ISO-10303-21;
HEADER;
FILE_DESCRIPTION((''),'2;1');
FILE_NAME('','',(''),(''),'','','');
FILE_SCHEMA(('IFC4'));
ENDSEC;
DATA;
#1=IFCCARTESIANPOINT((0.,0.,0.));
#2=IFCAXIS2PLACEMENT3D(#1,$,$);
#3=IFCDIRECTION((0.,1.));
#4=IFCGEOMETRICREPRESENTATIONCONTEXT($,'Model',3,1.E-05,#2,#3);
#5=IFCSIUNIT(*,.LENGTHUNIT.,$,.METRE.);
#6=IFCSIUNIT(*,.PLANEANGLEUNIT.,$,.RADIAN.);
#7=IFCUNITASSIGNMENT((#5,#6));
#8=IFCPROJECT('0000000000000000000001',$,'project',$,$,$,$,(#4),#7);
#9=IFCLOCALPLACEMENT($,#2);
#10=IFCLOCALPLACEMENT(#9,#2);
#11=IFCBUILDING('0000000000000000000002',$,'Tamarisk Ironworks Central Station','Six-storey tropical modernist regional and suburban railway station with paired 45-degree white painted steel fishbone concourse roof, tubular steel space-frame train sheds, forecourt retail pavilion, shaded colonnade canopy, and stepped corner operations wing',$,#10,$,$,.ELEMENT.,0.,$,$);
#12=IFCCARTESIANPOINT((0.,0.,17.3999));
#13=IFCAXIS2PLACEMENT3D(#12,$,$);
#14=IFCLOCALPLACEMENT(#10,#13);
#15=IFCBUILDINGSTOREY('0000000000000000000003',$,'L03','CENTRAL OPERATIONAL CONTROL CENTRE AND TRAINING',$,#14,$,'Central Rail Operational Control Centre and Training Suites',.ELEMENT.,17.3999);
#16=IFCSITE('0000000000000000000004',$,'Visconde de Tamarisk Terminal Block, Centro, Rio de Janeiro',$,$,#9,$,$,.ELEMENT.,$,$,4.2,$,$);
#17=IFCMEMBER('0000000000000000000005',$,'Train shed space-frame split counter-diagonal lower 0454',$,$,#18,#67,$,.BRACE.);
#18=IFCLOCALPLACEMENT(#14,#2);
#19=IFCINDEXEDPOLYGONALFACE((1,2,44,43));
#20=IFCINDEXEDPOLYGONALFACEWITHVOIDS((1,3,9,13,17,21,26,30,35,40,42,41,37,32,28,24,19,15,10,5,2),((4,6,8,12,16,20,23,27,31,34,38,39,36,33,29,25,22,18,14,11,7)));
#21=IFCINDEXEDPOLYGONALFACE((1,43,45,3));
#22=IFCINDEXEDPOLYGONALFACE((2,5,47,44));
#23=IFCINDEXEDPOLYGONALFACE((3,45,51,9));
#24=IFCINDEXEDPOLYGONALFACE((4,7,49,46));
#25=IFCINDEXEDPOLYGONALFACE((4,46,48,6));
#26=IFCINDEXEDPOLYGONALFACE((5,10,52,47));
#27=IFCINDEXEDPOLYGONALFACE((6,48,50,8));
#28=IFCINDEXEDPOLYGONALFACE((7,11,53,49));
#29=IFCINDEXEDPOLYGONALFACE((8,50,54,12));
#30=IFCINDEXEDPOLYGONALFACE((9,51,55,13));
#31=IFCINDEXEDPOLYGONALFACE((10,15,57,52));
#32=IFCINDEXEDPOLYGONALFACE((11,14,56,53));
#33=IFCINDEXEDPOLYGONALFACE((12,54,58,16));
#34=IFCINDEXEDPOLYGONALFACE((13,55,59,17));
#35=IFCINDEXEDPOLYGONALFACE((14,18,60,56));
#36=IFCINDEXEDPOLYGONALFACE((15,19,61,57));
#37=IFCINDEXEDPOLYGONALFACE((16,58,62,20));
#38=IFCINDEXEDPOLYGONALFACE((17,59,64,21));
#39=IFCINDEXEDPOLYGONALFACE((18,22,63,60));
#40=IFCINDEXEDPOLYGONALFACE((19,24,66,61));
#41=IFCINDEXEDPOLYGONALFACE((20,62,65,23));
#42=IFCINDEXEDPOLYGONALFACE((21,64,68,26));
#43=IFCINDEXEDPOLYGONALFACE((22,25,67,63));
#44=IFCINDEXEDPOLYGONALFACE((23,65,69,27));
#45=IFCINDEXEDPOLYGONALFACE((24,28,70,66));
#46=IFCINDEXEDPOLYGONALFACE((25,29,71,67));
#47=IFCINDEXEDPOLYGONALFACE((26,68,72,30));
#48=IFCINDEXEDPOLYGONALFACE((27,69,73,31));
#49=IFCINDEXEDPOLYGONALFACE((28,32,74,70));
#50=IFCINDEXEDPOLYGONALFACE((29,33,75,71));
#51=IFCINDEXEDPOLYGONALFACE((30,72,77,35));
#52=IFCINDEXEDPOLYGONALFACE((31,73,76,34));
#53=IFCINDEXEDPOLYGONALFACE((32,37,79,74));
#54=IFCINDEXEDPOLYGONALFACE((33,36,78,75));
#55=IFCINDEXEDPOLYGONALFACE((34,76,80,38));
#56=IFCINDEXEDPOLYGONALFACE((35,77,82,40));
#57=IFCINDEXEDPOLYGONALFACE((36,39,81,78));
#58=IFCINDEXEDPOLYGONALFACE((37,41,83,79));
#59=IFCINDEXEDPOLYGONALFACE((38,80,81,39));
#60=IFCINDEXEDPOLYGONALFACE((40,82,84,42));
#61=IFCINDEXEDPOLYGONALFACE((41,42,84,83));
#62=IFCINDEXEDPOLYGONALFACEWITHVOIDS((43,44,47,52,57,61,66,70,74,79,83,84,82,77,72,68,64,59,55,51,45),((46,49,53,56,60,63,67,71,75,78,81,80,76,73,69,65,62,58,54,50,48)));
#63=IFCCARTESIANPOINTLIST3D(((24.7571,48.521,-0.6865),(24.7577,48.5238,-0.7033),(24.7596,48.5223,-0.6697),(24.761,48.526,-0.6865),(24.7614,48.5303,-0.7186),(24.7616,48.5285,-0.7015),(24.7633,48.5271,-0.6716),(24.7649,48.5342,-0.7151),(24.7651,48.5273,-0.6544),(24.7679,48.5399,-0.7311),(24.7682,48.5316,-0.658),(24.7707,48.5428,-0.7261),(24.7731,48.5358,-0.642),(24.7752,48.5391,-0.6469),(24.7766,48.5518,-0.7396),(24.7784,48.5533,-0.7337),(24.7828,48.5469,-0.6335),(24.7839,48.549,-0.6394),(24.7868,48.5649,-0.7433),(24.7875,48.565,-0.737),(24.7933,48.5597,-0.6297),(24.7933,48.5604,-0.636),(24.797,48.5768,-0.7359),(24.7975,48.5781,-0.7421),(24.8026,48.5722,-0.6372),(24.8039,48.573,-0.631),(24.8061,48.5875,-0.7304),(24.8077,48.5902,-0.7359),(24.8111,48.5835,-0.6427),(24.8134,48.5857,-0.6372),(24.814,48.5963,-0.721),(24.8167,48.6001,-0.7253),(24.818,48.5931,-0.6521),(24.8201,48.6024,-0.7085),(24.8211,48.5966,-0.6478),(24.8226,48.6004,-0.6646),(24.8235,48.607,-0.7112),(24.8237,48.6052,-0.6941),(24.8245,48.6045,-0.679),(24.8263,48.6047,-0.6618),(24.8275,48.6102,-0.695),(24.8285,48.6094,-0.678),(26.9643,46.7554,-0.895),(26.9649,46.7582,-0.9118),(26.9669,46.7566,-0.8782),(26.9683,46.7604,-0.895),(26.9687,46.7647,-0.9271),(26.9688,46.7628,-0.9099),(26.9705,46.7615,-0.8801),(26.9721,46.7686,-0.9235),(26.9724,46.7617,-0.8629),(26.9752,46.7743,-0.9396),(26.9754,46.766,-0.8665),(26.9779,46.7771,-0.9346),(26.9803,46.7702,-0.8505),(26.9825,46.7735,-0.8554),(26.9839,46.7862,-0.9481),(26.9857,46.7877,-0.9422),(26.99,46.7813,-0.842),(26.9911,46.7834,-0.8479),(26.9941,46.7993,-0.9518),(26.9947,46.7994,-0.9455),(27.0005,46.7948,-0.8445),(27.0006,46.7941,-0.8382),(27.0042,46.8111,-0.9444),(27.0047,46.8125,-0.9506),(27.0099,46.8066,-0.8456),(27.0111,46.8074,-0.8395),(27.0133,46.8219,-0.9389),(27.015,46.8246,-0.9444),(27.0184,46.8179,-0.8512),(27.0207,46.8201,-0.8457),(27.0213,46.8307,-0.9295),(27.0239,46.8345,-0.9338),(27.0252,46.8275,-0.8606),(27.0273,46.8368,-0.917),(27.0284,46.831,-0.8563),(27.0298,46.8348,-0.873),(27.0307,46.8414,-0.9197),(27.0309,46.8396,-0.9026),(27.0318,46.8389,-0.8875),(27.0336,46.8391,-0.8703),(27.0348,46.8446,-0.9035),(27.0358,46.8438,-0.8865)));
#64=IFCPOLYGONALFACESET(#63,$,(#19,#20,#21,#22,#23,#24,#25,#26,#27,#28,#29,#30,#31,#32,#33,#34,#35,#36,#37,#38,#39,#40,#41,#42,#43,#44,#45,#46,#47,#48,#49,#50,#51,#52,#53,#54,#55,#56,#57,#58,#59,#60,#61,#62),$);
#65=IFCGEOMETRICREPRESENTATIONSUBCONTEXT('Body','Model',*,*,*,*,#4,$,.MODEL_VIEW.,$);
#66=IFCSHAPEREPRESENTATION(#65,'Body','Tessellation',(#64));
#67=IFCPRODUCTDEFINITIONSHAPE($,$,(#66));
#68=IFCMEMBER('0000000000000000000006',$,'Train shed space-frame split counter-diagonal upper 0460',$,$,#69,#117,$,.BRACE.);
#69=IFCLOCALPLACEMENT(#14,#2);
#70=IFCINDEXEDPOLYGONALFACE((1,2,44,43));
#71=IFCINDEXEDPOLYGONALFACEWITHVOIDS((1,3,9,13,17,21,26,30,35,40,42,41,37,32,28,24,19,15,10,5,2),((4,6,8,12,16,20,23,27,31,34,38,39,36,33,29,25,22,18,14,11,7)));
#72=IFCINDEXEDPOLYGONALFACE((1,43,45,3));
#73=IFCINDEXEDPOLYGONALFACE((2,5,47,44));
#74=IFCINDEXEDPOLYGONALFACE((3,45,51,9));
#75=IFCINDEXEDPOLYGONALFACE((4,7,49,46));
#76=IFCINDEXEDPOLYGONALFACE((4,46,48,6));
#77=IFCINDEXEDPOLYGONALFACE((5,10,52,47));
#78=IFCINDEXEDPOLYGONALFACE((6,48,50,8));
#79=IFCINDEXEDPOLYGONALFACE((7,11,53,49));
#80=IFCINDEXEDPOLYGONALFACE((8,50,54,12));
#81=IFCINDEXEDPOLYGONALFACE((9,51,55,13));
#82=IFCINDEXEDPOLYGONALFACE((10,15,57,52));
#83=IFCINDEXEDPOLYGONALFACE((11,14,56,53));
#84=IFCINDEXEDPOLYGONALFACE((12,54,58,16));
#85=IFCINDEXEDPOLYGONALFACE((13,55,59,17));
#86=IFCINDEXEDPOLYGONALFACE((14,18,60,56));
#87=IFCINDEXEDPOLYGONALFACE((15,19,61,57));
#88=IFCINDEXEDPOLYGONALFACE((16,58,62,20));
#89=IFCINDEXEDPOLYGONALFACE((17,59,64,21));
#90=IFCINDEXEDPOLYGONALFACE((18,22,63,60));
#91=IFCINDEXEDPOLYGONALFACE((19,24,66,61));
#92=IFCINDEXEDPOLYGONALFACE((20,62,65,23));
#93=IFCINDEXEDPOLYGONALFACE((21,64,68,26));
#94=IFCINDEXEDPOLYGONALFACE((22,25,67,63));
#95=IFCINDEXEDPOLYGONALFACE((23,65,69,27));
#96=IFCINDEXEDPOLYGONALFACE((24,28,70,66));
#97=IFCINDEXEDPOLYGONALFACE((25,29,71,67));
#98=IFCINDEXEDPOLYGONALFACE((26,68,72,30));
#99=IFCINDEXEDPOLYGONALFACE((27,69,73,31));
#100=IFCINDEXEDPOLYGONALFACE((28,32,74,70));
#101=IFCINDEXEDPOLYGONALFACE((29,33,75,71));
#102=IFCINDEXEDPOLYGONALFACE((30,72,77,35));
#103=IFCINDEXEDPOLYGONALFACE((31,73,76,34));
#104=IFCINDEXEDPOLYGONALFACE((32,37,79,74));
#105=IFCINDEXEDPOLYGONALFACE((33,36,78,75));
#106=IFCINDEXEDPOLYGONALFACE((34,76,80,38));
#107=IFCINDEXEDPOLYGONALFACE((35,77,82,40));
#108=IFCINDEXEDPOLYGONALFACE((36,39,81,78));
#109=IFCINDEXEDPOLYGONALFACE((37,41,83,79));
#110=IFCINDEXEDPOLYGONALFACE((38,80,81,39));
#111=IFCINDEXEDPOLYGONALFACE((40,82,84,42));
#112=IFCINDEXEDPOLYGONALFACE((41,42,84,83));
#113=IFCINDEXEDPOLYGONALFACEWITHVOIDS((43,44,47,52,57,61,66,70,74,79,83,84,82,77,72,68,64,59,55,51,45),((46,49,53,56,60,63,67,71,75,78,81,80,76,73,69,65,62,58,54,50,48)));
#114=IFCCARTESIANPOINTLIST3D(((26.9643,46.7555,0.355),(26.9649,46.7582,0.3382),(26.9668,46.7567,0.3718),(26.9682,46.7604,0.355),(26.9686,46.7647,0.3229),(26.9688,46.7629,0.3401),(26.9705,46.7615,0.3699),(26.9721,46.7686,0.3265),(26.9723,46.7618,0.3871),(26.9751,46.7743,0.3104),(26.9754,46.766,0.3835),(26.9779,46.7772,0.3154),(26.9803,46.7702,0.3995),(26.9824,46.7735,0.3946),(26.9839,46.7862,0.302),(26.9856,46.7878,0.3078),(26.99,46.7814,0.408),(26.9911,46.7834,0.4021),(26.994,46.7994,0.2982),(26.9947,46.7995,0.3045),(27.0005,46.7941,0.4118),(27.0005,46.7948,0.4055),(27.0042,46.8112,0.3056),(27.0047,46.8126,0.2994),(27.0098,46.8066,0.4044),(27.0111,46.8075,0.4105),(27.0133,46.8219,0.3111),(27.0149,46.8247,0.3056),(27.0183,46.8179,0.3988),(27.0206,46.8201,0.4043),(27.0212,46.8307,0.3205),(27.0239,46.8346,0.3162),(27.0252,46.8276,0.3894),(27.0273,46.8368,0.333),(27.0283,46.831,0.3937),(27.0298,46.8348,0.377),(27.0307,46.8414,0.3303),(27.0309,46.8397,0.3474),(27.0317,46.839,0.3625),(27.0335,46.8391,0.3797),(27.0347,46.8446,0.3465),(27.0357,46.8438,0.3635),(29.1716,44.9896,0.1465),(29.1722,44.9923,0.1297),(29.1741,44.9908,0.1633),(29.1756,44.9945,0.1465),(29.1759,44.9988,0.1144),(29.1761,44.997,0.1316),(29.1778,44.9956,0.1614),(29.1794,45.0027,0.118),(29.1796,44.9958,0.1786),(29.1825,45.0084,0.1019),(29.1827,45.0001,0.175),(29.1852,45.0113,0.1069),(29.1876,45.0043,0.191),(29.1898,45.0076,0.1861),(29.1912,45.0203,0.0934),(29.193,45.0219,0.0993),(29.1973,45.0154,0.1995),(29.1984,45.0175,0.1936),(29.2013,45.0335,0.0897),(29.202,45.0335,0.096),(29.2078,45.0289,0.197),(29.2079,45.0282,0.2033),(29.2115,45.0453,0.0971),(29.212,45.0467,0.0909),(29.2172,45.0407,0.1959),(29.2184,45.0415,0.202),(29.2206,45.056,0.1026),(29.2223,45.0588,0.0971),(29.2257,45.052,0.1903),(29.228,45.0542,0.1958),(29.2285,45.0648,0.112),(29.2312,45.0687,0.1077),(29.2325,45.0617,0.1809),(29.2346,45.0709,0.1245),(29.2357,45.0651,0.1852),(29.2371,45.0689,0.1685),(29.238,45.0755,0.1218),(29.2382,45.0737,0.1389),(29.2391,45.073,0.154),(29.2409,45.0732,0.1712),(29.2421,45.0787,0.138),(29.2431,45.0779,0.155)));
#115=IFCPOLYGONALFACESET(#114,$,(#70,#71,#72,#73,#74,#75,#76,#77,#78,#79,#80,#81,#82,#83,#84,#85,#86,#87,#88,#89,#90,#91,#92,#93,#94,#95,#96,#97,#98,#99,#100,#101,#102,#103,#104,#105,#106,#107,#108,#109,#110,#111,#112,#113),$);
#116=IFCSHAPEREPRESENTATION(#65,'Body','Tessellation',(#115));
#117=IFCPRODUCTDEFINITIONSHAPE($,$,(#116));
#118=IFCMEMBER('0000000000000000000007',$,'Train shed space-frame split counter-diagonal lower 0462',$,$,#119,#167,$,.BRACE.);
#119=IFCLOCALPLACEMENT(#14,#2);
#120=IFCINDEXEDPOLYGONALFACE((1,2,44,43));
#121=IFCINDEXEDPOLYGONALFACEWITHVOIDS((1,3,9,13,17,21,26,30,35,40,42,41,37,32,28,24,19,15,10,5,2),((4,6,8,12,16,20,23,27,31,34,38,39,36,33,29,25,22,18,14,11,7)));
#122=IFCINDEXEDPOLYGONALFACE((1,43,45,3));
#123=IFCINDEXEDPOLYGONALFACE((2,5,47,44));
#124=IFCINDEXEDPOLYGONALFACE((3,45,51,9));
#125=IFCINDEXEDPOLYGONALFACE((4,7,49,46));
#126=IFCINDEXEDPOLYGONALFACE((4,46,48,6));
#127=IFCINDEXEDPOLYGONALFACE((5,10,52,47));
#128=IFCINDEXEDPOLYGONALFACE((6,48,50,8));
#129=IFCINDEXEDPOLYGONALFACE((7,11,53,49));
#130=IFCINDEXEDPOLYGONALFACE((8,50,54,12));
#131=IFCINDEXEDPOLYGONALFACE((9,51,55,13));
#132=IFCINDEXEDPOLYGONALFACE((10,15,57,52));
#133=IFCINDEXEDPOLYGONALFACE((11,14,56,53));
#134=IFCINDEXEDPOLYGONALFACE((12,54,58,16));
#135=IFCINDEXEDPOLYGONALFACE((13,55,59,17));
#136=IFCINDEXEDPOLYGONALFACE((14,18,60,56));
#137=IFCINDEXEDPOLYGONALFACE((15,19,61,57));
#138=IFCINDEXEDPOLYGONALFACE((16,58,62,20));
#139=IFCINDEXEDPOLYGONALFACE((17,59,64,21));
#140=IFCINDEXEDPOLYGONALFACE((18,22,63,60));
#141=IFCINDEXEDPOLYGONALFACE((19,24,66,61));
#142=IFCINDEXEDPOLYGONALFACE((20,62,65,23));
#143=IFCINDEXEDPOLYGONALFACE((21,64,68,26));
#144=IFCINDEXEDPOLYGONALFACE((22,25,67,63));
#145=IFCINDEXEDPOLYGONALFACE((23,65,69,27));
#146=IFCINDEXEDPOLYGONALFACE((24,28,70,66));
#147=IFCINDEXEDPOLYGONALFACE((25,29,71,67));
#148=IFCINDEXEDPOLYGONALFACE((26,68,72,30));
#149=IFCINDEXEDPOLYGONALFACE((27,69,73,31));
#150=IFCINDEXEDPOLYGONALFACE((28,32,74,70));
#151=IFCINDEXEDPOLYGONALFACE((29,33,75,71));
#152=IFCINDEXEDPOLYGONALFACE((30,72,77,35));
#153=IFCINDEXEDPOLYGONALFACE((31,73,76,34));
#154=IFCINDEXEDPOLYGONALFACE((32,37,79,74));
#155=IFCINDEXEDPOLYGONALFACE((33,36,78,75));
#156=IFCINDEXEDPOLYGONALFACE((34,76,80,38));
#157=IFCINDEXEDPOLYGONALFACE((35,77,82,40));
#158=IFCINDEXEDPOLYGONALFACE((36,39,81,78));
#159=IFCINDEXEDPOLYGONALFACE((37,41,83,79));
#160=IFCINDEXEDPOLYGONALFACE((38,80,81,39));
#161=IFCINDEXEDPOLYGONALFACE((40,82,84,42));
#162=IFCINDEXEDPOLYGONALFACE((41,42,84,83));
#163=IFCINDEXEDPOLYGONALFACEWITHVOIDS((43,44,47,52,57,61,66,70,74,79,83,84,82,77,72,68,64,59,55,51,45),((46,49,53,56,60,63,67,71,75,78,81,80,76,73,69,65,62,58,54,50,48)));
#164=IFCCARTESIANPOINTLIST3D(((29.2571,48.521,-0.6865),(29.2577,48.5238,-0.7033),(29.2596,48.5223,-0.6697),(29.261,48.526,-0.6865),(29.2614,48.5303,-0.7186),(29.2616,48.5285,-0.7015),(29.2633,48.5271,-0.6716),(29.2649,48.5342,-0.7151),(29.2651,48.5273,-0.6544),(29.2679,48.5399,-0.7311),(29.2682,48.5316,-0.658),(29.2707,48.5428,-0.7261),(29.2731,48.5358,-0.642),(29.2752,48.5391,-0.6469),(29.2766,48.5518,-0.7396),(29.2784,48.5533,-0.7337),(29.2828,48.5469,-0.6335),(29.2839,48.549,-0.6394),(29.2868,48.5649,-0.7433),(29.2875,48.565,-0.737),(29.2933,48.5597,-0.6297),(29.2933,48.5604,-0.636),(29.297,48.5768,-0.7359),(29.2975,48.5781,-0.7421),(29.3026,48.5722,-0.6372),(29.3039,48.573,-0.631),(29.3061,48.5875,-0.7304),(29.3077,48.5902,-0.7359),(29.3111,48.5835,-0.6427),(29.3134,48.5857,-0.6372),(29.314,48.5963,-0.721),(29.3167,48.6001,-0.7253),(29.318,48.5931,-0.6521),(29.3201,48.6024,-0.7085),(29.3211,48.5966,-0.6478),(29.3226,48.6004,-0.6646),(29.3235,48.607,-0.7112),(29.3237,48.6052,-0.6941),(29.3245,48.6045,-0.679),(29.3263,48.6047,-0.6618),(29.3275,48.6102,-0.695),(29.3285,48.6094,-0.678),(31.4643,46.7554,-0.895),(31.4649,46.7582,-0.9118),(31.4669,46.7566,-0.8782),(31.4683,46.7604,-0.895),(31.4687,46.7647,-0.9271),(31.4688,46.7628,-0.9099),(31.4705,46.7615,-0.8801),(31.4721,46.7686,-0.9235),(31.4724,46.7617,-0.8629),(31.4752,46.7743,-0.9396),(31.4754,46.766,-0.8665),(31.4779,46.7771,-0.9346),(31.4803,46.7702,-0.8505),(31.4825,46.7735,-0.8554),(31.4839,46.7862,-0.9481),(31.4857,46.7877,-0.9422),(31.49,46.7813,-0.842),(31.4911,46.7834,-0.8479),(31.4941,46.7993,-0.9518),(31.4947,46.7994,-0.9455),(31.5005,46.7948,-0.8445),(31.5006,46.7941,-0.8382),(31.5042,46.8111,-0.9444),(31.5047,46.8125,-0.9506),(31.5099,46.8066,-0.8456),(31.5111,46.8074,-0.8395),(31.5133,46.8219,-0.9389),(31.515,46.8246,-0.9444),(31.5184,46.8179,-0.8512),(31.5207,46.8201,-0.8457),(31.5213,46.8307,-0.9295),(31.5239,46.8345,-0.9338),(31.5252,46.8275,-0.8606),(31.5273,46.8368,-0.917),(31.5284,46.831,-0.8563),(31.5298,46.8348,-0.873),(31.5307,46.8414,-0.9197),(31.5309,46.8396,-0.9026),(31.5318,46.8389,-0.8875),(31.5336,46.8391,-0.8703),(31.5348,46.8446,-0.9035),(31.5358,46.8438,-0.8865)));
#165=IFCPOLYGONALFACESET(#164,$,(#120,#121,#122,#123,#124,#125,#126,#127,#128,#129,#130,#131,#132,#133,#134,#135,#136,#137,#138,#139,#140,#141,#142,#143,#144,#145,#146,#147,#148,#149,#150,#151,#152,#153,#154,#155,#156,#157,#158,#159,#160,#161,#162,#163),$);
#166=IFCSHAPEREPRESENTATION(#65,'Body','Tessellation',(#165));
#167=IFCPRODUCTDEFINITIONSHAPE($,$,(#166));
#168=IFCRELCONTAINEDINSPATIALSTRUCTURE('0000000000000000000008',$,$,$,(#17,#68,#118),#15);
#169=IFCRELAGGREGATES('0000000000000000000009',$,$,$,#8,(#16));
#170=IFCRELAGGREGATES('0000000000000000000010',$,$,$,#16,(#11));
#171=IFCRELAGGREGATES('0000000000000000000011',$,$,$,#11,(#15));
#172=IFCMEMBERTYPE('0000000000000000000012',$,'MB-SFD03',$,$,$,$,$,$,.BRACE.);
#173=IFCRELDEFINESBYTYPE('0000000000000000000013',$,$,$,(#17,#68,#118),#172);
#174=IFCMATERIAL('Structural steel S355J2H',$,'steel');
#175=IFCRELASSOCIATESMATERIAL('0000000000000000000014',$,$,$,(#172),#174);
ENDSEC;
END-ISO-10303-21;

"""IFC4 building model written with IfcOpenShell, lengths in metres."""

from ifc_helpers import new_model, si_unit, direction, frame, origin, origin_2d, place, context, subcontext, project, spatial, hollow_circle, extrude, material, material_profile, profile_set, type_object, element, save


model = new_model("IFC4")

# Units and contexts
model_context = context("Model", 3, precision=1e-05, world=origin(), true_north=direction((0.0, 1.0)))
body_context = subcontext(model_context, "Body", "Model", "MODEL_VIEW")
ifc_project = project(units=[si_unit("LENGTHUNIT", "METRE"), si_unit("PLANEANGLEUNIT", "RADIAN")], contexts=[model_context])

# Site, building, storey
site_placement = place(None, origin())
site = spatial("IfcSite", under=ifc_project, at=site_placement, Name="Visconde de Tamarisk Terminal Block, Centro, Rio de Janeiro", CompositionType="ELEMENT", RefElevation=4.2)
building_placement = place(site_placement, origin())
building = spatial("IfcBuilding", under=site, at=building_placement, Name="Tamarisk Ironworks Central Station", Description="Six-storey tropical modernist regional and suburban railway station with paired 45-degree white painted steel fishbone concourse roof, tubular steel space-frame train sheds, forecourt retail pavilion, shaded colonnade canopy, and stepped corner operations wing", CompositionType="ELEMENT", ElevationOfRefHeight=0.0)
storey_placement = place(building_placement, frame((0.0, 0.0, 17.3999)))
storey = spatial("IfcBuildingStorey", under=building, at=storey_placement, Name="L03", Description="CENTRAL OPERATIONAL CONTROL CENTRE AND TRAINING", LongName="Central Rail Operational Control Centre and Training Suites", CompositionType="ELEMENT", Elevation=17.3999)

# Members
ifc_material_1 = material(Name="Structural steel S355J2H", Category="steel")
ifc_material_profile_1 = material_profile(ifc_material_1, hollow_circle(Radius=0.0571, WallThickness=0.0063, at=origin_2d()), Name="CHS 114.3x6.3")
ifc_profile_set_1 = profile_set([ifc_material_profile_1], Name="Structural steel S355J2H")
member_type_1 = type_object("IfcMemberType", Name="MB-SFD03", PredefinedType="BRACE", material=ifc_profile_set_1)
member_1_placement = place(storey_placement, frame((27.0, 46.8, -0.895), z_axis=(-0.778787, 0.62296, 0.073563), x_axis=(-0.624653, -0.780903, 0.0)))
element("IfcMember", 1, at=member_1_placement, inside=storey, type_object=member_type_1, Name="Train shed space-frame split counter-diagonal lower 0454", PredefinedType="BRACE", context=body_context, shape_type="SweptSolid", body=[
    extrude(hollow_circle(Radius=0.0571, WallThickness=0.0063, at=origin_2d()), origin(), (0.0, 0.0, 1.0), 2.8342),
])
member_2_placement = place(storey_placement, frame((29.2073, 45.0342, 0.1465), z_axis=(-0.778745, 0.623013, 0.073559), x_axis=(-0.624706, -0.78086, 0.0)))
element("IfcMember", 2, at=member_2_placement, inside=storey, type_object=member_type_1, Name="Train shed space-frame split counter-diagonal upper 0460", PredefinedType="BRACE", context=body_context, shape_type="SweptSolid", body=[
    extrude(hollow_circle(Radius=0.0571, WallThickness=0.0063, at=origin_2d()), origin(), (0.0, 0.0, 1.0), 2.8345),
])
for number, where, z_axis, x_axis, name in (
    (3, (31.5, 46.8, -0.895), (-0.778787, 0.62296, 0.073563), (-0.624653, -0.780903, 0.0), "Train shed space-frame split counter-diagonal lower 0462"),
):
    element("IfcMember", number, at=place(storey_placement, frame(where, z_axis=z_axis, x_axis=x_axis)), inside=storey, type_object=member_type_1, Name=name, PredefinedType="BRACE", context=body_context, shape_type="SweptSolid", body=[
        extrude(hollow_circle(Radius=0.0571, WallThickness=0.0063, at=origin_2d()), origin(), (0.0, 0.0, 1.0), 2.8342),
    ])

save(model, "model.ifc")
